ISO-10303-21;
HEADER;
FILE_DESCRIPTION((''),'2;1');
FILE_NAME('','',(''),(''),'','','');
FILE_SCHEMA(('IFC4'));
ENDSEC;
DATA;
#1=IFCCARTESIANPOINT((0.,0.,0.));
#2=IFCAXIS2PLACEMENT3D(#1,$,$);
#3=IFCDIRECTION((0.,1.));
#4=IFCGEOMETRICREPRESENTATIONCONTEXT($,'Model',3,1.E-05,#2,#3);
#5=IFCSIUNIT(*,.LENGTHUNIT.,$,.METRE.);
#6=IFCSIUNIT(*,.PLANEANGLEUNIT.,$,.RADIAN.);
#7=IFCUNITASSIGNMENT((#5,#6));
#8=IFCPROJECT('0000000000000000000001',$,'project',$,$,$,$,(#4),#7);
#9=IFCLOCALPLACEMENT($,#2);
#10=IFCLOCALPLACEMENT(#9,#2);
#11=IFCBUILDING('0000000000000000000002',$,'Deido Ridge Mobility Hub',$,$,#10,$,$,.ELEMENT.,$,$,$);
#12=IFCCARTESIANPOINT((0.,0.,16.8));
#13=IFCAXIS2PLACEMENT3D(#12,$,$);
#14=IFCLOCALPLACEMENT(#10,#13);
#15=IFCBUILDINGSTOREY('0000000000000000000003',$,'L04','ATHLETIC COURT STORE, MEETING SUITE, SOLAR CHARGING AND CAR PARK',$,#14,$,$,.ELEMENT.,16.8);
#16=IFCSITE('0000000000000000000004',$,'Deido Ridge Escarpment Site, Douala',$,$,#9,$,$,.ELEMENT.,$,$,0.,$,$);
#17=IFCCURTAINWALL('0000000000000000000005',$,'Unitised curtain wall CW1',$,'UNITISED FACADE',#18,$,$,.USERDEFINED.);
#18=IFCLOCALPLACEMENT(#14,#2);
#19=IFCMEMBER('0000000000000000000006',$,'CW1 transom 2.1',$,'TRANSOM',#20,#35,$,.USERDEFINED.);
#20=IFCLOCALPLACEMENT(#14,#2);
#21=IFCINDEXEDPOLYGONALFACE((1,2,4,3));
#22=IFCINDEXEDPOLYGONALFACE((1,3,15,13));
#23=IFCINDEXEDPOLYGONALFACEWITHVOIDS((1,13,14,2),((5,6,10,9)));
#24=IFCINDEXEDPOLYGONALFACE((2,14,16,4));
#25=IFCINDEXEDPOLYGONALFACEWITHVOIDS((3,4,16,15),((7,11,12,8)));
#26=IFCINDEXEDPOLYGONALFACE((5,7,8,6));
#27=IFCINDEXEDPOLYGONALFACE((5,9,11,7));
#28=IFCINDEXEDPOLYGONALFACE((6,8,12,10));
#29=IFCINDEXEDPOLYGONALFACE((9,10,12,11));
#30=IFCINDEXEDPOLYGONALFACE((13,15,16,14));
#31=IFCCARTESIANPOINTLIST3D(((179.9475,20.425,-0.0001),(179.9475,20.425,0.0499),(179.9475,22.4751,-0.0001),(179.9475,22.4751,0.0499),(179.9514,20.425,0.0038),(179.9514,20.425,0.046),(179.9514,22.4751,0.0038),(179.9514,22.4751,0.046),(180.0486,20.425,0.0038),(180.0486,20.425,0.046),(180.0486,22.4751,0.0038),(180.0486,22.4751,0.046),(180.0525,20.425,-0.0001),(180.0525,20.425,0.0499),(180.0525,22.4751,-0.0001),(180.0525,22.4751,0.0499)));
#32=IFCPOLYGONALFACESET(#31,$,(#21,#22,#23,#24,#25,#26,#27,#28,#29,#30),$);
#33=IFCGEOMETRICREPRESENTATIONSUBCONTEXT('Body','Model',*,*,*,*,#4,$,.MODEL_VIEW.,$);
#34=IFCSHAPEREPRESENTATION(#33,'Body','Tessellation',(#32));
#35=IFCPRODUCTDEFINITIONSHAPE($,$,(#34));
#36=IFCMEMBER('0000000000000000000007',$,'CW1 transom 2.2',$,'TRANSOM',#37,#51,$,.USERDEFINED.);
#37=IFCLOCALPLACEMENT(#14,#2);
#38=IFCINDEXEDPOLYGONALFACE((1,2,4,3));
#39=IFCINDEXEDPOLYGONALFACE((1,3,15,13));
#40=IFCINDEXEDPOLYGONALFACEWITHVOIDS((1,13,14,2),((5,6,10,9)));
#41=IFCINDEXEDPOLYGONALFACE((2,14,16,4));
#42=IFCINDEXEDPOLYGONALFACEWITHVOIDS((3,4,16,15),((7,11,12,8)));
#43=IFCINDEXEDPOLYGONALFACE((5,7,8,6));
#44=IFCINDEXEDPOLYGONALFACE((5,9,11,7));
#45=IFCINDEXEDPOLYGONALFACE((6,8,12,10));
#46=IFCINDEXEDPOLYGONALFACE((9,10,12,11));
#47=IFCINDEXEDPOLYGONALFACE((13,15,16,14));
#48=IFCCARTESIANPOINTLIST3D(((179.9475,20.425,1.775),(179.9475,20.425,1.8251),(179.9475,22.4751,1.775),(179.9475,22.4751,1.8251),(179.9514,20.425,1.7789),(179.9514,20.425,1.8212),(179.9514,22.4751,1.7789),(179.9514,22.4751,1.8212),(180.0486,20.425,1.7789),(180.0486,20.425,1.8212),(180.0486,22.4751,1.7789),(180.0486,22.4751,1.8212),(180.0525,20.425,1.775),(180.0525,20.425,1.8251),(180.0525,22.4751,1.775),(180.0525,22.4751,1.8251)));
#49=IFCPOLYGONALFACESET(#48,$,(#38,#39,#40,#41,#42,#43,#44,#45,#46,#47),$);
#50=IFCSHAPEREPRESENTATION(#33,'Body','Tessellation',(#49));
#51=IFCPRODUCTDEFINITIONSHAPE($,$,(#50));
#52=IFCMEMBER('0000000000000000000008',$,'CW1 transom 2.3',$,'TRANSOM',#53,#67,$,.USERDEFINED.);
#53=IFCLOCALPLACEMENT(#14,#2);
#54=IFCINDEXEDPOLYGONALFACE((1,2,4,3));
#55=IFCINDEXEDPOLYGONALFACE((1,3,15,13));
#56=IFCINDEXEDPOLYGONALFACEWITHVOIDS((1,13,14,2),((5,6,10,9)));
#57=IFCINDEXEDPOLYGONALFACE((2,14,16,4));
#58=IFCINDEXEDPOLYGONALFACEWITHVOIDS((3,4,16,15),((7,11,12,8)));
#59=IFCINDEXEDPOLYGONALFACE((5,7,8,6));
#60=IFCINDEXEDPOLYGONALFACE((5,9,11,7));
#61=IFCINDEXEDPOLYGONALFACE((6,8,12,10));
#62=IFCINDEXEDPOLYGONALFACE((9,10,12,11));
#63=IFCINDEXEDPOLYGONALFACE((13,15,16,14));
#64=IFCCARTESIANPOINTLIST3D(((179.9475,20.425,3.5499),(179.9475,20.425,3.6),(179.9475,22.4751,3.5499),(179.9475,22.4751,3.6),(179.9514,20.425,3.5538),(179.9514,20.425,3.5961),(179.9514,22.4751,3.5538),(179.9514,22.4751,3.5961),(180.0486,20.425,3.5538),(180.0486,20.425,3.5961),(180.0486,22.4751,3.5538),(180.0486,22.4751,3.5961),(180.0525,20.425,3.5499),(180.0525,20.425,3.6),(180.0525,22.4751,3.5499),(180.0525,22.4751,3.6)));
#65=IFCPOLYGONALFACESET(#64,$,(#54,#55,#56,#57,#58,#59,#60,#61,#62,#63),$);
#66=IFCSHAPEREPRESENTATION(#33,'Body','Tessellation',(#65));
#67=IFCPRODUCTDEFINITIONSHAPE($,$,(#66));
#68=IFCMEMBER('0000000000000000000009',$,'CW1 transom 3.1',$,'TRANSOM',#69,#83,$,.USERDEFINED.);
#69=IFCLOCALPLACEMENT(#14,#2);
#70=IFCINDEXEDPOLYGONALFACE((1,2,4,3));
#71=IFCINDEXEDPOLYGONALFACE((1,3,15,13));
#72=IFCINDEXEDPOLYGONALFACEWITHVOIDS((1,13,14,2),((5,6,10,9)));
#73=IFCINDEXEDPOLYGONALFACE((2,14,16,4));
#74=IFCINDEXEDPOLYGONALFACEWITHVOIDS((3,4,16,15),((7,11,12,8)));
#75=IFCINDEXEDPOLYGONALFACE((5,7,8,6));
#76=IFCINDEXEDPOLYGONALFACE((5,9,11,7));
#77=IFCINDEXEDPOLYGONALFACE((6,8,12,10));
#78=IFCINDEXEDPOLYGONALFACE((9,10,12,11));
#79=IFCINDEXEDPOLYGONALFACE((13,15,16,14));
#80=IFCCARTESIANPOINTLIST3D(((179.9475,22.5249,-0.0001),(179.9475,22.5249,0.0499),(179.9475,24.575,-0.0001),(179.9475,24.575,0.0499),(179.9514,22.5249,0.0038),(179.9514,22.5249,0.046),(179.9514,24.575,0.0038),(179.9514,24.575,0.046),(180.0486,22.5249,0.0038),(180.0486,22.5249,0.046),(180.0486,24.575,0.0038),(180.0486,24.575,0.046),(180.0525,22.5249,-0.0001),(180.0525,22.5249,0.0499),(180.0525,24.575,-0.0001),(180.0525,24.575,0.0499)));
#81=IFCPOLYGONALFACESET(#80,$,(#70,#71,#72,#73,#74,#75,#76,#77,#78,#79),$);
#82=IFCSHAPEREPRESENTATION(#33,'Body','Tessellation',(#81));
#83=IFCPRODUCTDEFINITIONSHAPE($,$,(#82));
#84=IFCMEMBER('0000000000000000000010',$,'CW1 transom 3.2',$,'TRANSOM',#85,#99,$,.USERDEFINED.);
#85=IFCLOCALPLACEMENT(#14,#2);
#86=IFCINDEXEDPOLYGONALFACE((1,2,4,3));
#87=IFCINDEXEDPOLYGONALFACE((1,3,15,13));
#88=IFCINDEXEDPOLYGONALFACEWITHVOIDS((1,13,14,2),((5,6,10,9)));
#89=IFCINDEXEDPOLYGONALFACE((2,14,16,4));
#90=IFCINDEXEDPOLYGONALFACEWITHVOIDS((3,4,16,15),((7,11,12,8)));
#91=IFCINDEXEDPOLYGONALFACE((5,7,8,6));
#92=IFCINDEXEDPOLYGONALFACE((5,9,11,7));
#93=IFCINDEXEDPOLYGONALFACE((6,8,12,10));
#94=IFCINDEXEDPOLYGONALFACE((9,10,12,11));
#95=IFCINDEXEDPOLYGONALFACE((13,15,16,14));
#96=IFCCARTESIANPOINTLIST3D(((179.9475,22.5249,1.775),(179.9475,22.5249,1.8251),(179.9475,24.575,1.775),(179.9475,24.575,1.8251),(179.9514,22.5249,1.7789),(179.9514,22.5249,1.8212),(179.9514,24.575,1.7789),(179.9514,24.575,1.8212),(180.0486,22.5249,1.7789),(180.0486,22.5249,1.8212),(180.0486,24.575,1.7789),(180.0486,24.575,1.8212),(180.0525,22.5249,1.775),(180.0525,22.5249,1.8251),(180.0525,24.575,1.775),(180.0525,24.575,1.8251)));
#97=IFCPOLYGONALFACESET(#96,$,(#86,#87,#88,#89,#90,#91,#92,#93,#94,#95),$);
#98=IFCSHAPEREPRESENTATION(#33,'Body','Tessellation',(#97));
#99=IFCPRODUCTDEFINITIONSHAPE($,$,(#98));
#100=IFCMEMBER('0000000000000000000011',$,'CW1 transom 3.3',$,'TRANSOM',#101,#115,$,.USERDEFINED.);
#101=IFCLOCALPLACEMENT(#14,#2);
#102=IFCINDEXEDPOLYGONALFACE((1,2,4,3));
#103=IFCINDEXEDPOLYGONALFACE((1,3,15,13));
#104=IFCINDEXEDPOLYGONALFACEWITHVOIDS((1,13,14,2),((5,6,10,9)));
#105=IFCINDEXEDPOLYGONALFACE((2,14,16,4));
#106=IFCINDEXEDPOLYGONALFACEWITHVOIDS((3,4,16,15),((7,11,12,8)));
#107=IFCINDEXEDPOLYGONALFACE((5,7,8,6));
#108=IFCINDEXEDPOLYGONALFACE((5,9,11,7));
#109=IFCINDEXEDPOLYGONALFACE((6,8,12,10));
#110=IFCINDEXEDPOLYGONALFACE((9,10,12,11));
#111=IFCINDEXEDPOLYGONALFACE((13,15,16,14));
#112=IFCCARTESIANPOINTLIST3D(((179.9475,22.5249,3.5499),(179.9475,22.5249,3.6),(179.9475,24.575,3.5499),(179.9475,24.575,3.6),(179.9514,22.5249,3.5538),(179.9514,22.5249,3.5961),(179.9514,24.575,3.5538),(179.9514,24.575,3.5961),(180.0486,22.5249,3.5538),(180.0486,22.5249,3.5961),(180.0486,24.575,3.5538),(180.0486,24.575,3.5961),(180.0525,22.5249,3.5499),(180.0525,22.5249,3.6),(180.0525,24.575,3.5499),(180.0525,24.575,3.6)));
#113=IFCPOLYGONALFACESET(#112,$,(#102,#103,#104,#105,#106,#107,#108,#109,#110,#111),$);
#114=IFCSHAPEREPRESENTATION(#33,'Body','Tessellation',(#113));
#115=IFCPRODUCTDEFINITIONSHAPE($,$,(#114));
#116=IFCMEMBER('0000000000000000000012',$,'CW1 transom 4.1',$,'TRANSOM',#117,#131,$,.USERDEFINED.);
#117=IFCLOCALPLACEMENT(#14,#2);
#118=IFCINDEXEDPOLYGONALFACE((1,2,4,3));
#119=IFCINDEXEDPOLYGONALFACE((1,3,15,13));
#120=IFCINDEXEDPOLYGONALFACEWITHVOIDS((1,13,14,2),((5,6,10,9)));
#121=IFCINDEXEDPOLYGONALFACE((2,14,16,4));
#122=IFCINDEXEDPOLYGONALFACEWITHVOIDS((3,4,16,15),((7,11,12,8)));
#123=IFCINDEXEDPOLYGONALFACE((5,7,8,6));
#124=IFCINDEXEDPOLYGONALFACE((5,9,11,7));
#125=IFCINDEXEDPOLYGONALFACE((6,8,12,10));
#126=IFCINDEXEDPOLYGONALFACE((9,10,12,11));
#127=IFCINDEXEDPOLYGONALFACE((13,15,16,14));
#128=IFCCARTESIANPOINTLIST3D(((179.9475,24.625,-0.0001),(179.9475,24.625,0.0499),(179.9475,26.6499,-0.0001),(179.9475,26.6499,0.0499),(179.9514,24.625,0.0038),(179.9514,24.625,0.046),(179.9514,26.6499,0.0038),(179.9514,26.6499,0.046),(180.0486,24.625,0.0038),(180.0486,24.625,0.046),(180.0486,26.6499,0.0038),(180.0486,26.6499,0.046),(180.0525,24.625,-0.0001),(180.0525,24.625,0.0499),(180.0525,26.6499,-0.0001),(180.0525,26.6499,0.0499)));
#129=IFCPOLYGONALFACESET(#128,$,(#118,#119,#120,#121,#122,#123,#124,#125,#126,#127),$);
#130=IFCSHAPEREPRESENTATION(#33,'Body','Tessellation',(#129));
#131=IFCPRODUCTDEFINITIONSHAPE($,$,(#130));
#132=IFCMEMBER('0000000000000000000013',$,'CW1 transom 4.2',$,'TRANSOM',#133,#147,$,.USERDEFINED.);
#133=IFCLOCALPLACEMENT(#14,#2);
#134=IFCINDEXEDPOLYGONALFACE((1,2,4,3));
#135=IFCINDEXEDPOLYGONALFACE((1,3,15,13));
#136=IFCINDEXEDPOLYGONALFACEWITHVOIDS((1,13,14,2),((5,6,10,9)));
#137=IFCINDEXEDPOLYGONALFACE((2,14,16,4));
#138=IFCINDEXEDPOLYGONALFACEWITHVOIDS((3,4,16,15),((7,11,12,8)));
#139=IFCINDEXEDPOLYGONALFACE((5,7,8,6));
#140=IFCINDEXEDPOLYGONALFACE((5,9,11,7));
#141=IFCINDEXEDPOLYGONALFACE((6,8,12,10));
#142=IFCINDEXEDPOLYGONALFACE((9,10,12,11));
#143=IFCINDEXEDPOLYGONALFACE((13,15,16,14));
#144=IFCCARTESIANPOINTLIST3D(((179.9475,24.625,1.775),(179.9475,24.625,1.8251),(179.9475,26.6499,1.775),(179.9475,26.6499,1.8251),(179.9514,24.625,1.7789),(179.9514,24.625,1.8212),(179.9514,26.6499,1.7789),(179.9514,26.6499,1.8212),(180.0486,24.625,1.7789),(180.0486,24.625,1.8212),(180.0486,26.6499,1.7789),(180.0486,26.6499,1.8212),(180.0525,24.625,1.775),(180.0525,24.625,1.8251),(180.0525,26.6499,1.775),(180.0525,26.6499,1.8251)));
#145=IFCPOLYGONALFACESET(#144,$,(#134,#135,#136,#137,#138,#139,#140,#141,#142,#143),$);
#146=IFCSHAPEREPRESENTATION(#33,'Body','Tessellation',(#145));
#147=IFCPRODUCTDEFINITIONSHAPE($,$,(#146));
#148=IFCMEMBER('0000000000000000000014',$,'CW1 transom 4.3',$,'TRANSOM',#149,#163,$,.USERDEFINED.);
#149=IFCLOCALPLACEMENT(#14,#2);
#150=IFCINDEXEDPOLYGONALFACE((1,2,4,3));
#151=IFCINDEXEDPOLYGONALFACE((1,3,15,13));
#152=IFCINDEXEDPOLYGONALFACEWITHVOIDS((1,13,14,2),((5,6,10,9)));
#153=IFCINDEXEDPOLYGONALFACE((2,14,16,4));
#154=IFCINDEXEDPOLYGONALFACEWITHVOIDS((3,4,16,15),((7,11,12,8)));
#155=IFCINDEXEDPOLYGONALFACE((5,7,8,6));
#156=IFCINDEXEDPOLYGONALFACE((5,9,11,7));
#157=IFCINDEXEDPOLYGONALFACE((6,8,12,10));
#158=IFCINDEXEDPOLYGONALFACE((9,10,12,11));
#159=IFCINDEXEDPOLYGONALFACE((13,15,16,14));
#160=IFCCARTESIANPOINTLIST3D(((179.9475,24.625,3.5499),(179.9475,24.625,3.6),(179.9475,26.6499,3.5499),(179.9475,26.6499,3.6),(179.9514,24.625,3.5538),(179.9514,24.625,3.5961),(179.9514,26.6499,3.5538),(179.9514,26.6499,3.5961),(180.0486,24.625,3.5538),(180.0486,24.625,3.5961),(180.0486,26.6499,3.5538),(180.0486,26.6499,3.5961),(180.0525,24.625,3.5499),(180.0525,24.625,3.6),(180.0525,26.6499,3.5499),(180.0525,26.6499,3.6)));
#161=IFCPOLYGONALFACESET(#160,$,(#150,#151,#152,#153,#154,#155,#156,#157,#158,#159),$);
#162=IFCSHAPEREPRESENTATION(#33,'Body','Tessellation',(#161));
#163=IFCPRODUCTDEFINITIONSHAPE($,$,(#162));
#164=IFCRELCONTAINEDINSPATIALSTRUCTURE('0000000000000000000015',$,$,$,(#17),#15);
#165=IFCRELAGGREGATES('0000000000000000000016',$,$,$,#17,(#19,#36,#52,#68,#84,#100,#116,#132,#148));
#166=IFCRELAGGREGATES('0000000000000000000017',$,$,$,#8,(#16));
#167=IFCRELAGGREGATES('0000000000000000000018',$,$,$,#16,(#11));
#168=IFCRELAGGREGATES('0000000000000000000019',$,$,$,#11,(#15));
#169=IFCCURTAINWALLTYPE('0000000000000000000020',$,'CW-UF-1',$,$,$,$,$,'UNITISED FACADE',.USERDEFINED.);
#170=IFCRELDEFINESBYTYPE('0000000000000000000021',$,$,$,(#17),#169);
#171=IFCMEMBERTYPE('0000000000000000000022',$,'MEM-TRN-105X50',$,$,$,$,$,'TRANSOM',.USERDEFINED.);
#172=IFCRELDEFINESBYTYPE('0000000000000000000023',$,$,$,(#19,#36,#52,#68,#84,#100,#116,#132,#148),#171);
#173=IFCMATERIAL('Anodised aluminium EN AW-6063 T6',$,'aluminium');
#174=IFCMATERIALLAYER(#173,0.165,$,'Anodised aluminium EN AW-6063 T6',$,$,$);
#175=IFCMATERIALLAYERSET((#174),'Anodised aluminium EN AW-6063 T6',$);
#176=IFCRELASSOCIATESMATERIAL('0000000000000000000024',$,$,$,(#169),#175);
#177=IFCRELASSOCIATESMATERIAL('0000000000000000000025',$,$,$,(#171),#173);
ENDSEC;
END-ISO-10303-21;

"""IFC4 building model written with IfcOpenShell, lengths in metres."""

from ifc_helpers import new_model, si_unit, direction, frame, origin, origin_2d, place, context, subcontext, project, spatial, hollow_rectangle, extrude, material, layer, layer_set, material_profile, profile_set, type_object, element, aggregate, save


model = new_model("IFC4")

# Units and contexts
model_context = context("Model", 3, precision=1e-05, world=origin(), true_north=direction((0.0, 1.0)))
body_context = subcontext(model_context, "Body", "Model", "MODEL_VIEW")
ifc_project = project(units=[si_unit("LENGTHUNIT", "METRE"), si_unit("PLANEANGLEUNIT", "RADIAN")], contexts=[model_context])

# Site, building, storey
site_placement = place(None, origin())
site = spatial("IfcSite", under=ifc_project, at=site_placement, Name="Deido Ridge Escarpment Site, Douala", CompositionType="ELEMENT", RefElevation=0.0)
building_placement = place(site_placement, origin())
building = spatial("IfcBuilding", under=site, at=building_placement, Name="Deido Ridge Mobility Hub", CompositionType="ELEMENT")
storey_placement = place(building_placement, frame((0.0, 0.0, 16.8)))
storey = spatial("IfcBuildingStorey", under=building, at=storey_placement, Name="L04", Description="ATHLETIC COURT STORE, MEETING SUITE, SOLAR CHARGING AND CAR PARK", CompositionType="ELEMENT", Elevation=16.8)

# Curtain wall, members
ifc_material_1 = material(Name="Anodised aluminium EN AW-6063 T6", Category="aluminium")
ifc_layer_1 = layer(ifc_material_1, 0.165, Name="Anodised aluminium EN AW-6063 T6")
ifc_layer_set_1 = layer_set([ifc_layer_1], Name="Anodised aluminium EN AW-6063 T6")
curtain_wall_type = type_object("IfcCurtainWallType", Name="CW-UF-1", ElementType="UNITISED FACADE", PredefinedType="USERDEFINED", material=ifc_layer_set_1)
curtain_wall_placement = place(storey_placement, origin())
curtain_wall = element("IfcCurtainWall", 1, at=curtain_wall_placement, inside=storey, type_object=curtain_wall_type, Name="Unitised curtain wall CW1", ObjectType="UNITISED FACADE", PredefinedType="USERDEFINED")
ifc_material_profile_1 = material_profile(ifc_material_1, hollow_rectangle(XDim=0.105, YDim=0.05, WallThickness=0.0039, at=origin_2d()), Name="RHS 105x50x4")
ifc_profile_set_1 = profile_set([ifc_material_profile_1], Name="Anodised aluminium EN AW-6063 T6")
member_type_1 = type_object("IfcMemberType", Name="MEM-TRN-105X50", ElementType="TRANSOM", PredefinedType="USERDEFINED", material=ifc_profile_set_1)
member_1_placement = place(storey_placement, frame((180.0, 20.425, 0.0249), z_axis=(0.0, 1.0, 0.0), x_axis=(-1.0, 0.0, 0.0)))
member_1 = element("IfcMember", 2, at=member_1_placement, type_object=member_type_1, Name="CW1 transom 2.1", ObjectType="TRANSOM", PredefinedType="USERDEFINED", context=body_context, shape_type="SweptSolid", body=[
    extrude(hollow_rectangle(XDim=0.105, YDim=0.05, WallThickness=0.0039, at=origin_2d()), origin(), (0.0, 0.0, 1.0), 2.05),
])
member_2_placement = place(storey_placement, frame((180.0, 20.425, 1.8), z_axis=(0.0, 1.0, 0.0), x_axis=(-1.0, 0.0, 0.0)))
member_2 = element("IfcMember", 3, at=member_2_placement, type_object=member_type_1, Name="CW1 transom 2.2", ObjectType="TRANSOM", PredefinedType="USERDEFINED", context=body_context, shape_type="SweptSolid", body=[
    extrude(hollow_rectangle(XDim=0.105, YDim=0.05, WallThickness=0.0039, at=origin_2d()), origin(), (0.0, 0.0, 1.0), 2.05),
])
member_3_placement = place(storey_placement, frame((180.0, 20.425, 3.575), z_axis=(0.0, 1.0, 0.0), x_axis=(-1.0, 0.0, 0.0)))
member_3 = element("IfcMember", 4, at=member_3_placement, type_object=member_type_1, Name="CW1 transom 2.3", ObjectType="TRANSOM", PredefinedType="USERDEFINED", context=body_context, shape_type="SweptSolid", body=[
    extrude(hollow_rectangle(XDim=0.105, YDim=0.05, WallThickness=0.0039, at=origin_2d()), origin(), (0.0, 0.0, 1.0), 2.05),
])
member_4_placement = place(storey_placement, frame((180.0, 22.5249, 0.0249), z_axis=(0.0, 1.0, 0.0), x_axis=(-1.0, 0.0, 0.0)))
member_4 = element("IfcMember", 5, at=member_4_placement, type_object=member_type_1, Name="CW1 transom 3.1", ObjectType="TRANSOM", PredefinedType="USERDEFINED", context=body_context, shape_type="SweptSolid", body=[
    extrude(hollow_rectangle(XDim=0.105, YDim=0.05, WallThickness=0.0039, at=origin_2d()), origin(), (0.0, 0.0, 1.0), 2.05),
])
member_5_placement = place(storey_placement, frame((180.0, 22.5249, 1.8), z_axis=(0.0, 1.0, 0.0), x_axis=(-1.0, 0.0, 0.0)))
member_5 = element("IfcMember", 6, at=member_5_placement, type_object=member_type_1, Name="CW1 transom 3.2", ObjectType="TRANSOM", PredefinedType="USERDEFINED", context=body_context, shape_type="SweptSolid", body=[
    extrude(hollow_rectangle(XDim=0.105, YDim=0.05, WallThickness=0.0039, at=origin_2d()), origin(), (0.0, 0.0, 1.0), 2.05),
])
member_6_placement = place(storey_placement, frame((180.0, 22.5249, 3.575), z_axis=(0.0, 1.0, 0.0), x_axis=(-1.0, 0.0, 0.0)))
member_6 = element("IfcMember", 7, at=member_6_placement, type_object=member_type_1, Name="CW1 transom 3.3", ObjectType="TRANSOM", PredefinedType="USERDEFINED", context=body_context, shape_type="SweptSolid", body=[
    extrude(hollow_rectangle(XDim=0.105, YDim=0.05, WallThickness=0.0039, at=origin_2d()), origin(), (0.0, 0.0, 1.0), 2.05),
])
member_7_placement = place(storey_placement, frame((180.0, 24.625, 0.0249), z_axis=(0.0, 1.0, 0.0), x_axis=(-1.0, 0.0, 0.0)))
member_7 = element("IfcMember", 8, at=member_7_placement, type_object=member_type_1, Name="CW1 transom 4.1", ObjectType="TRANSOM", PredefinedType="USERDEFINED", context=body_context, shape_type="SweptSolid", body=[
    extrude(hollow_rectangle(XDim=0.105, YDim=0.05, WallThickness=0.0039, at=origin_2d()), origin(), (0.0, 0.0, 1.0), 2.0249),
])
member_8_placement = place(storey_placement, frame((180.0, 24.625, 1.8), z_axis=(0.0, 1.0, 0.0), x_axis=(-1.0, 0.0, 0.0)))
member_8 = element("IfcMember", 9, at=member_8_placement, type_object=member_type_1, Name="CW1 transom 4.2", ObjectType="TRANSOM", PredefinedType="USERDEFINED", context=body_context, shape_type="SweptSolid", body=[
    extrude(hollow_rectangle(XDim=0.105, YDim=0.05, WallThickness=0.0039, at=origin_2d()), origin(), (0.0, 0.0, 1.0), 2.0249),
])
member_9_placement = place(storey_placement, frame((180.0, 24.625, 3.575), z_axis=(0.0, 1.0, 0.0), x_axis=(-1.0, 0.0, 0.0)))
member_9 = element("IfcMember", 10, at=member_9_placement, type_object=member_type_1, Name="CW1 transom 4.3", ObjectType="TRANSOM", PredefinedType="USERDEFINED", context=body_context, shape_type="SweptSolid", body=[
    extrude(hollow_rectangle(XDim=0.105, YDim=0.05, WallThickness=0.0039, at=origin_2d()), origin(), (0.0, 0.0, 1.0), 2.0249),
])

aggregate(curtain_wall, [member_1, member_2, member_3, member_4, member_5, member_6, member_7, member_8, member_9])

save(model, "model.ifc")
